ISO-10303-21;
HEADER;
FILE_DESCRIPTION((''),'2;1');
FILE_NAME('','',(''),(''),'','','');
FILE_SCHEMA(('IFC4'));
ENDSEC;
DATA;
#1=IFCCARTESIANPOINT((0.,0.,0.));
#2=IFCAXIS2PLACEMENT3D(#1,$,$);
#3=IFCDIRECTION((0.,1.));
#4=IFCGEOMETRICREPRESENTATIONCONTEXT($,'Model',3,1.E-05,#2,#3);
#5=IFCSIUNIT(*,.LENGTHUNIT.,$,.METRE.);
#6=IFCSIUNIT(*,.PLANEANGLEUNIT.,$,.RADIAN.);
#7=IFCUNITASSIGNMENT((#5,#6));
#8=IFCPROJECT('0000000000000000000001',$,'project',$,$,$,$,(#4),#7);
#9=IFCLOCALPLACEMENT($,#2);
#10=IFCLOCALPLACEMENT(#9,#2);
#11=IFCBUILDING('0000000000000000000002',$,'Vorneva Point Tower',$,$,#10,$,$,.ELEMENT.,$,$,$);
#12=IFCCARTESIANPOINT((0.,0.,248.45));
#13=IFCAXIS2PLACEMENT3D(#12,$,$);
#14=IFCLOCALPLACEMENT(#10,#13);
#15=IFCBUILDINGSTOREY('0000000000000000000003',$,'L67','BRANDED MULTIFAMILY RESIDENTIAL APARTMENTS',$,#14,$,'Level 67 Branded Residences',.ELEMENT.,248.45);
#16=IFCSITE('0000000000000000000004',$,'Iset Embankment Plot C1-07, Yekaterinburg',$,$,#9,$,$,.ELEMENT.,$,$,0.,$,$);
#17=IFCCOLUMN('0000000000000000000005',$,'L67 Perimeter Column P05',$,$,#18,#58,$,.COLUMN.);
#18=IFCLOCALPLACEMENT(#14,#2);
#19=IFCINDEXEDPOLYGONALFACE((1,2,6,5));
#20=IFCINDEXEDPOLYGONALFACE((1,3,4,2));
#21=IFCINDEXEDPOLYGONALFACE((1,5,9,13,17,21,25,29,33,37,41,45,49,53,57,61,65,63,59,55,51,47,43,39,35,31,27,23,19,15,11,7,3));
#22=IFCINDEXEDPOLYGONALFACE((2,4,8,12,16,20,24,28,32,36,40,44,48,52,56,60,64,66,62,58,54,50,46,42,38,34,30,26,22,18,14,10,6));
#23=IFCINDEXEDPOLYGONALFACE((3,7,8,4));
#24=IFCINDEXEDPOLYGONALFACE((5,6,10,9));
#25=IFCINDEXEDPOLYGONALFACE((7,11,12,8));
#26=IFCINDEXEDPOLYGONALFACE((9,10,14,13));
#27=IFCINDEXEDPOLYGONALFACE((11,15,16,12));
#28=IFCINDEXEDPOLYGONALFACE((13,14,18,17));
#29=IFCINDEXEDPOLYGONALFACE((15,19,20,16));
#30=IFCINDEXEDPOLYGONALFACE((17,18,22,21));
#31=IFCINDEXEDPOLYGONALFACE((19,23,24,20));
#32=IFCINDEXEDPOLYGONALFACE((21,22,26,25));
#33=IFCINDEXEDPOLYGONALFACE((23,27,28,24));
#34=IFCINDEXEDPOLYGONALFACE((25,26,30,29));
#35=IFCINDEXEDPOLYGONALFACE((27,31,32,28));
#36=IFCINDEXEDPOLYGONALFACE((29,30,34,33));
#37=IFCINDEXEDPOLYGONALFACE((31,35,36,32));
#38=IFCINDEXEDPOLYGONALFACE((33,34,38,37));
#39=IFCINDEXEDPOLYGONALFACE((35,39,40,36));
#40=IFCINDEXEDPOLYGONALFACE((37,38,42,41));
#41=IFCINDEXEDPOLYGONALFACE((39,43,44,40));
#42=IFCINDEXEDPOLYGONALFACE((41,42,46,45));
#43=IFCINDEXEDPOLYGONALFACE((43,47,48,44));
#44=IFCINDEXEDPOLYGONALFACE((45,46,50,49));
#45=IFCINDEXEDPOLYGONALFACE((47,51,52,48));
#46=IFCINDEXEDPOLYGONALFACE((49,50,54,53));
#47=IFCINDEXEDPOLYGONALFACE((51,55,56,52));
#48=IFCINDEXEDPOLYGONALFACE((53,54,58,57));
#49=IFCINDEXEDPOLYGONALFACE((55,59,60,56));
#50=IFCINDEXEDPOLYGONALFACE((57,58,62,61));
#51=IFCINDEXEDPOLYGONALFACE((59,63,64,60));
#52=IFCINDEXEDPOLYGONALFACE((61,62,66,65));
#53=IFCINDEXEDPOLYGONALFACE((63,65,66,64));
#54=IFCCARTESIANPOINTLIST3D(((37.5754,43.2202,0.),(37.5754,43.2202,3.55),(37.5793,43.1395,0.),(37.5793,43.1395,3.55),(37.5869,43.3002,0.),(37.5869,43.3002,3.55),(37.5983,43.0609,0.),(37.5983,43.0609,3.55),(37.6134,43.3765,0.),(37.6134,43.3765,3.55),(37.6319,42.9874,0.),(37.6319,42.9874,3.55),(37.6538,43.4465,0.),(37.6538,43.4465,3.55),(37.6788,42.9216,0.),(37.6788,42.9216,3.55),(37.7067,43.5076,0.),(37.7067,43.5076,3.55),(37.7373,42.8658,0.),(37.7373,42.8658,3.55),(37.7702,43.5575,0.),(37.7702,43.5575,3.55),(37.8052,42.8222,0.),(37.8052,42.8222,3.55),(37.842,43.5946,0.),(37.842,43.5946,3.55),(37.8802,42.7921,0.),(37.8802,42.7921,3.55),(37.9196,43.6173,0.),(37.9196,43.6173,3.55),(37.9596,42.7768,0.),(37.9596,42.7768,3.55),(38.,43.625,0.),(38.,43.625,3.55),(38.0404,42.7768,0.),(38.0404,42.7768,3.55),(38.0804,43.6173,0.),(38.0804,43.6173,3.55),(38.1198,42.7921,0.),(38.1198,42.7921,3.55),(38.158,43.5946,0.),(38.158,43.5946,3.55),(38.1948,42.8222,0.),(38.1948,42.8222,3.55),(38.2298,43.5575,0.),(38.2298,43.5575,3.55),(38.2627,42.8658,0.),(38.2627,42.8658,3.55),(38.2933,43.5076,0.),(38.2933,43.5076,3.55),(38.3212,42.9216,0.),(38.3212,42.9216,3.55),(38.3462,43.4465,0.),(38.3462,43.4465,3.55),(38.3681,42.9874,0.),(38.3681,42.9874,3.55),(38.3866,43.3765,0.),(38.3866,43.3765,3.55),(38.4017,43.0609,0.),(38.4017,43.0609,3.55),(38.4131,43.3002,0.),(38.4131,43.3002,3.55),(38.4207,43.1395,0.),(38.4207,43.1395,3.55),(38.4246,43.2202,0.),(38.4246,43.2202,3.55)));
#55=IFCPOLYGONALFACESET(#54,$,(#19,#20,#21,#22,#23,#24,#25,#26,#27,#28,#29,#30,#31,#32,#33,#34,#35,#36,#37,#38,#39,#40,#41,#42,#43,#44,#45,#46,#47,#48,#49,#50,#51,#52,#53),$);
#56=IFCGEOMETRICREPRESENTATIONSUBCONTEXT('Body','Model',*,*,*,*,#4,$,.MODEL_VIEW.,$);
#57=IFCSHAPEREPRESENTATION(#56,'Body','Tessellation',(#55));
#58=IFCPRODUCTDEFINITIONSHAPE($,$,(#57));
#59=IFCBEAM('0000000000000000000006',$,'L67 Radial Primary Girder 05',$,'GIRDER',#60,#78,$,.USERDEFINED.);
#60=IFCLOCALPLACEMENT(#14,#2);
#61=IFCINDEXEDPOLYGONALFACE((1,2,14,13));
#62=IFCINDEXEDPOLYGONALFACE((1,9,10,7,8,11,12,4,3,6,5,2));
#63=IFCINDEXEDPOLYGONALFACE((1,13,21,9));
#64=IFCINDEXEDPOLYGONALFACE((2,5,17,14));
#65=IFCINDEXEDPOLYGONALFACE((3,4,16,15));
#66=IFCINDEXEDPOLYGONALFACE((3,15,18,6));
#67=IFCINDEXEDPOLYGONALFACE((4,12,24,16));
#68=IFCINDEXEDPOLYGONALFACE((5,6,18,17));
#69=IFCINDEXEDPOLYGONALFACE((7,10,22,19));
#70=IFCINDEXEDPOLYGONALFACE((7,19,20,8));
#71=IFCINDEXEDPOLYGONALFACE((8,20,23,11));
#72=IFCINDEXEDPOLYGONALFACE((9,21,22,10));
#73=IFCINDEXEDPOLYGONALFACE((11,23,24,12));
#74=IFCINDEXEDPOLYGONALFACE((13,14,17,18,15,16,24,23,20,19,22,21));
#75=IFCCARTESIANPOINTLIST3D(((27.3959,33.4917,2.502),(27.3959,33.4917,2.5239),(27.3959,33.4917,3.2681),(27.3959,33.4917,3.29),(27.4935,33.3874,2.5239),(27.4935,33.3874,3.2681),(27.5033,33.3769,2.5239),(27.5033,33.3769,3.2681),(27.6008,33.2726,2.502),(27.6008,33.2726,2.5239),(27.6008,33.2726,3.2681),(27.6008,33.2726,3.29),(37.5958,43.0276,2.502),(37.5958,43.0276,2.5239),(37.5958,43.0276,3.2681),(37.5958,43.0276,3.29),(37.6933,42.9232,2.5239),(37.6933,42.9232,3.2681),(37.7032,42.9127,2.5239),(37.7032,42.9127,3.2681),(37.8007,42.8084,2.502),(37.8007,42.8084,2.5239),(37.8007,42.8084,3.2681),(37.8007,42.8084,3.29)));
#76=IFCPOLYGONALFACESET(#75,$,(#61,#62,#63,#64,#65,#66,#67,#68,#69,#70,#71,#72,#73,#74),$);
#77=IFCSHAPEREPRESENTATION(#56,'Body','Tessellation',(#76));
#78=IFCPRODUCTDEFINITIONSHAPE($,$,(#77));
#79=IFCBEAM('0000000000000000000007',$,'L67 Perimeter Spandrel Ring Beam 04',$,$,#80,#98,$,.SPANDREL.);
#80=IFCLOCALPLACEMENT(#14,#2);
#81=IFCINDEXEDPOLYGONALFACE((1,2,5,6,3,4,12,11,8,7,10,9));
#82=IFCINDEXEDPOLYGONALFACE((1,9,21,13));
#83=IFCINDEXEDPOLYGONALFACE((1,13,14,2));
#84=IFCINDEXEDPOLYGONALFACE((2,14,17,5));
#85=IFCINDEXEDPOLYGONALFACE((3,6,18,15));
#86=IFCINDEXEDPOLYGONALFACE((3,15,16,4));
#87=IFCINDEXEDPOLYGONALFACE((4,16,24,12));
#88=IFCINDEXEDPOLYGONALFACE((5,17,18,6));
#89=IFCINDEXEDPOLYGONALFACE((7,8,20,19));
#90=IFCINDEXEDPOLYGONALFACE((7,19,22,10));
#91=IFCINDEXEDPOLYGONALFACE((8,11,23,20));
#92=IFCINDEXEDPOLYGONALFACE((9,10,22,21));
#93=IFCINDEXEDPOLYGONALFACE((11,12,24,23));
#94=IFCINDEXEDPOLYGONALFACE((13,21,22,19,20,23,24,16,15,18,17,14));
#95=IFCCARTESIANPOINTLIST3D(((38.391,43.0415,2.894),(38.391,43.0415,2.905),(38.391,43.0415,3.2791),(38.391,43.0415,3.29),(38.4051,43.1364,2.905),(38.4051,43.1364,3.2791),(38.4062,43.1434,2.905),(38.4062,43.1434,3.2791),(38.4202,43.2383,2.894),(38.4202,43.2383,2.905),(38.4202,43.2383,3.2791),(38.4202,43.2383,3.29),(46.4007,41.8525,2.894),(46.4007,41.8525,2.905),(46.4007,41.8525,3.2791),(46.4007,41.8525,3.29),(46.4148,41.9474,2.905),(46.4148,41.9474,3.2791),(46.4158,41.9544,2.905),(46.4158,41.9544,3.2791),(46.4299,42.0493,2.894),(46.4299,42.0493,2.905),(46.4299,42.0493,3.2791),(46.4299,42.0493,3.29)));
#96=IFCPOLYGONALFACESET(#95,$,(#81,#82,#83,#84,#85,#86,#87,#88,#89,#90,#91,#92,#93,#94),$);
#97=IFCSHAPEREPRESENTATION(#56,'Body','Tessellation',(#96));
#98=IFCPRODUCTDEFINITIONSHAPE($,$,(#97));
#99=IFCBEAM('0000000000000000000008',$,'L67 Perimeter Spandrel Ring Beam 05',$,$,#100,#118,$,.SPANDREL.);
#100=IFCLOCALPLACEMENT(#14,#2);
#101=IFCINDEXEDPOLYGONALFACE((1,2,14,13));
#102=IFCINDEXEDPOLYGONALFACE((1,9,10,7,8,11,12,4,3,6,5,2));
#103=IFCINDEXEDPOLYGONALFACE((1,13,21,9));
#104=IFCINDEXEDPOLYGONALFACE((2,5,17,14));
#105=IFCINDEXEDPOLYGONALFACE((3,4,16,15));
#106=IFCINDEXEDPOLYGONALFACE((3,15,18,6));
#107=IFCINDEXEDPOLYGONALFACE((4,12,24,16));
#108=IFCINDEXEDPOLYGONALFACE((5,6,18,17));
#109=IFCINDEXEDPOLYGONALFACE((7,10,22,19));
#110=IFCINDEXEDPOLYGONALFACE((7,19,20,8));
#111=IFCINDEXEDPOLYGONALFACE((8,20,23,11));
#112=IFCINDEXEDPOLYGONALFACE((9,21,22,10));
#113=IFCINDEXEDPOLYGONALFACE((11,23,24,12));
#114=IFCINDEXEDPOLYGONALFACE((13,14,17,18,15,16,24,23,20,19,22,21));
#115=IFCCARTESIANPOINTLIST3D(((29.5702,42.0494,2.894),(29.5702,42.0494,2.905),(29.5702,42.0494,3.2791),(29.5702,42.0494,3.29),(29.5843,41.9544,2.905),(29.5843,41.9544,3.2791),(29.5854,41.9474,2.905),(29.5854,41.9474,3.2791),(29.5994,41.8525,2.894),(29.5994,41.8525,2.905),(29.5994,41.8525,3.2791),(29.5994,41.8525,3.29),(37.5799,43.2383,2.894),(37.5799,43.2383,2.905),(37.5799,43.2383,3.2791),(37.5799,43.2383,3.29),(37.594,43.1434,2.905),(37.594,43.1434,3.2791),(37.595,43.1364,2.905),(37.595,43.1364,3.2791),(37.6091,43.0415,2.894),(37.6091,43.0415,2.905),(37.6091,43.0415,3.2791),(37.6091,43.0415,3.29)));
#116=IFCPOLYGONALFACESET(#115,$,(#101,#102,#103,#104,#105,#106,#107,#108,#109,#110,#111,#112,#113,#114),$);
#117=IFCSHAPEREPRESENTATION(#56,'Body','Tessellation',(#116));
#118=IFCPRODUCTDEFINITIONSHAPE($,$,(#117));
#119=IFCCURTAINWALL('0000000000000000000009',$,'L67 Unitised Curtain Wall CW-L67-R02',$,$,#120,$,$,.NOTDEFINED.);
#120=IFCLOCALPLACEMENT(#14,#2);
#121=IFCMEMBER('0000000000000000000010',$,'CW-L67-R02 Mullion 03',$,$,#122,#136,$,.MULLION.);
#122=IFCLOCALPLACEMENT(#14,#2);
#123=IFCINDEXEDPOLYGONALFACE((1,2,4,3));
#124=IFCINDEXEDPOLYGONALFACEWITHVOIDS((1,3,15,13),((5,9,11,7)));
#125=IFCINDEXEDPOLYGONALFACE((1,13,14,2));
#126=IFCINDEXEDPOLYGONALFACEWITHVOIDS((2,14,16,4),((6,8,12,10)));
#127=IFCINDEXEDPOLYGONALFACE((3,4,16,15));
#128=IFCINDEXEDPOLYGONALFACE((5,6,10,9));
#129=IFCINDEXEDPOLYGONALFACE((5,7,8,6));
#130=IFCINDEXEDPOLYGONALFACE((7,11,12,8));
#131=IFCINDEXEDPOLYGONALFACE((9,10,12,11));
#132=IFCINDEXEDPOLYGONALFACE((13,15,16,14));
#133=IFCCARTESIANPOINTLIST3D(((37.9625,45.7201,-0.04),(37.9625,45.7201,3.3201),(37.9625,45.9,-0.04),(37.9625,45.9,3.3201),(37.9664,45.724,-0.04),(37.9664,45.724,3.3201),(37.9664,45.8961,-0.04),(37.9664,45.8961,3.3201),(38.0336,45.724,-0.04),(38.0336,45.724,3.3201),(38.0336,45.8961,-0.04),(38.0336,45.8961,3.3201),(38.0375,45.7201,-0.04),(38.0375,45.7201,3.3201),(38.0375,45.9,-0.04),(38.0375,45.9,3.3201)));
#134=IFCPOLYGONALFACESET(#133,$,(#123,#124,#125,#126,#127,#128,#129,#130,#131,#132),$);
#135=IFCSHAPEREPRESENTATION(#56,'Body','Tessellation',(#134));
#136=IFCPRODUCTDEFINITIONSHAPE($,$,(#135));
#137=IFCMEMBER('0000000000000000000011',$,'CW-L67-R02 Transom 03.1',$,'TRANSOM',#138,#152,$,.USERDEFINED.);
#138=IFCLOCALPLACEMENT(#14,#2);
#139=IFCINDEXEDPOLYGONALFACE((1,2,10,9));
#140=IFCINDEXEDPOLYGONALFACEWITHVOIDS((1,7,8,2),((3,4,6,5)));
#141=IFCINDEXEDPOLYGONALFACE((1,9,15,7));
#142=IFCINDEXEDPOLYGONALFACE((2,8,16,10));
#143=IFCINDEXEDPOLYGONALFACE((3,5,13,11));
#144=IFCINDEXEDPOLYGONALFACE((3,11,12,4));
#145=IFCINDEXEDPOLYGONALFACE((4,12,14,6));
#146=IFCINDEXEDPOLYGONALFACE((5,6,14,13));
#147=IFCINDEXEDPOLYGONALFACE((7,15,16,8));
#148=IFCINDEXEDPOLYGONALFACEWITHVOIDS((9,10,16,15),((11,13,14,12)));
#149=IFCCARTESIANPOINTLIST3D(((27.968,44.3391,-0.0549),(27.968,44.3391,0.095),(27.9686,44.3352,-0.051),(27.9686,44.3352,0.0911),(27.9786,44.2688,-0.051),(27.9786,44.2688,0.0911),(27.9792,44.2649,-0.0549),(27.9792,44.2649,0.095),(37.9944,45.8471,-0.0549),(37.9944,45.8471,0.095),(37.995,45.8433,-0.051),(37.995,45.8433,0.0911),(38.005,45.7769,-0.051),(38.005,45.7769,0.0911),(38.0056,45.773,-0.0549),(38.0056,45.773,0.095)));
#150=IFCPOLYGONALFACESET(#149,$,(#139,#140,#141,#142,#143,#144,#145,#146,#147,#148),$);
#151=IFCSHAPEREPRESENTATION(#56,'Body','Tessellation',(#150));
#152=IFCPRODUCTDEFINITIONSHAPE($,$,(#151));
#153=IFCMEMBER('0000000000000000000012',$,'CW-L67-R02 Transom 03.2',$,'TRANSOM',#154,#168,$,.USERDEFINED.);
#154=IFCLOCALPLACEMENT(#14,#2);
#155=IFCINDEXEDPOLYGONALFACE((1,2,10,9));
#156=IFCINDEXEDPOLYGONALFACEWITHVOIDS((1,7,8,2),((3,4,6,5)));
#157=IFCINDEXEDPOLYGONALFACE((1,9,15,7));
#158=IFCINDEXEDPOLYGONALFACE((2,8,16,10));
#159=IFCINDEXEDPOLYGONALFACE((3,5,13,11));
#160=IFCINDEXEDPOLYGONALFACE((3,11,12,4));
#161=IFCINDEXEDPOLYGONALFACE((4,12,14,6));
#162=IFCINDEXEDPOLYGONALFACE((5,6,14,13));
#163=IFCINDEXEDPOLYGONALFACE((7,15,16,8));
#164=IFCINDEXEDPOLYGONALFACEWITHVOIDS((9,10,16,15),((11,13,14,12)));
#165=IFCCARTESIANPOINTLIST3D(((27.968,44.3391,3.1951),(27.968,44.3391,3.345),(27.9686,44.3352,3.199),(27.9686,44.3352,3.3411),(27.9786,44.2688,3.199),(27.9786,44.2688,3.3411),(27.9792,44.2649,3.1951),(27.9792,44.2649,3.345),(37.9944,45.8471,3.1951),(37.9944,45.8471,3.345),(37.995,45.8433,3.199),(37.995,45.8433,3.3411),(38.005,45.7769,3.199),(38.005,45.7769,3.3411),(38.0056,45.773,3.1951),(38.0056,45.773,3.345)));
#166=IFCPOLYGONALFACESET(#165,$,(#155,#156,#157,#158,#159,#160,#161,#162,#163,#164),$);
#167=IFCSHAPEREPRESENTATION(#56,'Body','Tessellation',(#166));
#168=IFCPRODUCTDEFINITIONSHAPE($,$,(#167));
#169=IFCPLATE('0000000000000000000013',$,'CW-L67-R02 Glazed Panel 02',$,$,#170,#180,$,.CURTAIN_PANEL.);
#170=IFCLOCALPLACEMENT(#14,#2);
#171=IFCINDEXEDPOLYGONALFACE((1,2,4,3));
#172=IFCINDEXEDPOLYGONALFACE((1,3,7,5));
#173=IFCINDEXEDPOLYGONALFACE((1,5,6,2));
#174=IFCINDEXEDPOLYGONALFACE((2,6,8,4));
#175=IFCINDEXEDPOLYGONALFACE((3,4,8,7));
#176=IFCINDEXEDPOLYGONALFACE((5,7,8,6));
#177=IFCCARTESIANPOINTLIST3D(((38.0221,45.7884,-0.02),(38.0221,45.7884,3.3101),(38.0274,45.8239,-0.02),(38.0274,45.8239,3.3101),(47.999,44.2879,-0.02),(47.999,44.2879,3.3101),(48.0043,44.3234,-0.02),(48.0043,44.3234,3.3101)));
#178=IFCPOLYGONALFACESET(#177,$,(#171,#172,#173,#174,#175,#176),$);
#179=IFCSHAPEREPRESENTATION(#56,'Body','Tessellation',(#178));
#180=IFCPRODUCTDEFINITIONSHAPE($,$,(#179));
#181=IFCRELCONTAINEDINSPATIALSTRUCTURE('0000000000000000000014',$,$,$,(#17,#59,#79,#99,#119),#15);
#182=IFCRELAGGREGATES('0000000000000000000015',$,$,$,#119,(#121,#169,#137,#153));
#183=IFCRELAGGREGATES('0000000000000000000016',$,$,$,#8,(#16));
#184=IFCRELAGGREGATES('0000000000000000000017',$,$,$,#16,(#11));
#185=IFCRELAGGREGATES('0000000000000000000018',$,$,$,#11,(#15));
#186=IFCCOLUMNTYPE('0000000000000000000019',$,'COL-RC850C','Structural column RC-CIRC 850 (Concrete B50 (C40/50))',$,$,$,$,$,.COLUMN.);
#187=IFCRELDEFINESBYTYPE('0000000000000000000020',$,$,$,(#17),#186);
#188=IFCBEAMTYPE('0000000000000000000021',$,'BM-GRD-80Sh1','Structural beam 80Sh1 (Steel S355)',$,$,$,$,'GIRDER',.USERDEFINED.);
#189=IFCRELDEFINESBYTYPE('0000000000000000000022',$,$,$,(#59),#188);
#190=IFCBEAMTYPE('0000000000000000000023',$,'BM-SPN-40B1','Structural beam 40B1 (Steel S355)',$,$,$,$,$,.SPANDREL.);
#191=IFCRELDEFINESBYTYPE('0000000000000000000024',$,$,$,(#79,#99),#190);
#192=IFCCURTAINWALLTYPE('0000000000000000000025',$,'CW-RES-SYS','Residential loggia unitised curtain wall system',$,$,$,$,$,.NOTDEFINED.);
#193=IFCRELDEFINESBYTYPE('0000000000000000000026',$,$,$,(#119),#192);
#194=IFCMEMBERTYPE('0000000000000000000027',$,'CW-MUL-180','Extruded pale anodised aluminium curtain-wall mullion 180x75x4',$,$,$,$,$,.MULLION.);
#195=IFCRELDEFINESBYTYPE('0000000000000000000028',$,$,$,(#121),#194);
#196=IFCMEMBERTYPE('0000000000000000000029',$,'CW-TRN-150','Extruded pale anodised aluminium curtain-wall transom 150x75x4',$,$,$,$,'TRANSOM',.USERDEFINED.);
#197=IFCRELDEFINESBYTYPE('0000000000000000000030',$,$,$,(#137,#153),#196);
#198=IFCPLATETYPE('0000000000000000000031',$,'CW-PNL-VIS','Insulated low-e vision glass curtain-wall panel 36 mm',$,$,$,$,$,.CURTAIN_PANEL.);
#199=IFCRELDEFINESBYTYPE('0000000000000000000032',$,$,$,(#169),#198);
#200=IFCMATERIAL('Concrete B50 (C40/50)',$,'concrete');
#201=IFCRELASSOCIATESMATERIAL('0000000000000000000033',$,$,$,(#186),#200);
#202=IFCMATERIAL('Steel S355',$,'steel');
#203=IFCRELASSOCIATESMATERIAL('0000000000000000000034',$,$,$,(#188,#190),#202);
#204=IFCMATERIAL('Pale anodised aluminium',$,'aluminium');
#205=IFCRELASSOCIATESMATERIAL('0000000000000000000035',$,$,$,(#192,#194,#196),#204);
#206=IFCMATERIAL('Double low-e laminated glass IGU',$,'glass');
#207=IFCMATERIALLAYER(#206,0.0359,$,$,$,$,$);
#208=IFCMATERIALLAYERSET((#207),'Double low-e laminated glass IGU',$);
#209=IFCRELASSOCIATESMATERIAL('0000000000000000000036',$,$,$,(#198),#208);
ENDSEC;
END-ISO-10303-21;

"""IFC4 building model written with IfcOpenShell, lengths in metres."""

from ifc_helpers import new_model, si_unit, direction, frame, origin, origin_2d, place, context, subcontext, project, spatial, rectangle, hollow_rectangle, circle, i_section, extrude, material, layer, layer_set, material_profile, profile_set, type_object, element, aggregate, save


model = new_model("IFC4")

# Units and contexts
model_context = context("Model", 3, precision=1e-05, world=origin(), true_north=direction((0.0, 1.0)))
body_context = subcontext(model_context, "Body", "Model", "MODEL_VIEW")
ifc_project = project(units=[si_unit("LENGTHUNIT", "METRE"), si_unit("PLANEANGLEUNIT", "RADIAN")], contexts=[model_context])

# Site, building, storey
site_placement = place(None, origin())
site = spatial("IfcSite", under=ifc_project, at=site_placement, Name="Iset Embankment Plot C1-07, Yekaterinburg", CompositionType="ELEMENT", RefElevation=0.0)
building_placement = place(site_placement, origin())
building = spatial("IfcBuilding", under=site, at=building_placement, Name="Vorneva Point Tower", CompositionType="ELEMENT")
storey_placement = place(building_placement, frame((0.0, 0.0, 248.45)))
storey = spatial("IfcBuildingStorey", under=building, at=storey_placement, Name="L67", Description="BRANDED MULTIFAMILY RESIDENTIAL APARTMENTS", LongName="Level 67 Branded Residences", CompositionType="ELEMENT", Elevation=248.45)

# Column
ifc_material_1 = material(Name="Concrete B50 (C40/50)", Category="concrete")
ifc_material_profile_1 = material_profile(ifc_material_1, circle(Radius=0.425, at=origin_2d()), Name="RC-CIRC 850")
ifc_profile_set_1 = profile_set([ifc_material_profile_1], Name="Concrete B50 (C40/50)")
column_type = type_object("IfcColumnType", Name="COL-RC850C", Description="Structural column RC-CIRC 850 (Concrete B50 (C40/50))", PredefinedType="COLUMN", material=ifc_profile_set_1)
column_placement = place(storey_placement, frame((38.0, 43.2, 0.0), z_axis=(0.0, 0.0, 1.0), x_axis=(0.0, 1.0, 0.0)))
element("IfcColumn", 1, at=column_placement, inside=storey, type_object=column_type, Name="L67 Perimeter Column P05", PredefinedType="COLUMN", context=body_context, shape_type="SweptSolid", body=[
    extrude(circle(Radius=0.425, at=origin_2d()), origin(), (0.0, 0.0, 1.0), 3.55),
])

# Beams
ifc_material_2 = material(Name="Steel S355", Category="steel")
ifc_material_profile_2 = material_profile(ifc_material_2, i_section(OverallWidth=0.3, OverallDepth=0.7881, WebThickness=0.0144, FlangeThickness=0.022, at=origin_2d()), Name="80Sh1")
ifc_profile_set_2 = profile_set([ifc_material_profile_2], Name="Steel S355")
beam_type_1 = type_object("IfcBeamType", Name="BM-GRD-80Sh1", Description="Structural beam 80Sh1 (Steel S355)", ElementType="GIRDER", PredefinedType="USERDEFINED", material=ifc_profile_set_2)
beam_placement = place(storey_placement, frame((37.6982, 42.918, 2.896), z_axis=(-0.730486, -0.682928, 0.0), x_axis=(0.682928, -0.730486, 0.0)))
element("IfcBeam", 2, at=beam_placement, inside=storey, type_object=beam_type_1, Name="L67 Radial Primary Girder 05", ObjectType="GIRDER", PredefinedType="USERDEFINED", context=body_context, shape_type="SweptSolid", body=[
    extrude(i_section(OverallWidth=0.3, OverallDepth=0.7881, WebThickness=0.0144, FlangeThickness=0.022, at=origin_2d()), origin(), (0.0, 0.0, 1.0), 13.9631),
])
ifc_material_profile_3 = material_profile(ifc_material_2, i_section(OverallWidth=0.199, OverallDepth=0.396, WebThickness=0.0071, FlangeThickness=0.011, at=origin_2d()), Name="40B1")
ifc_profile_set_3 = profile_set([ifc_material_profile_3], Name="Steel S355")
beam_type_2 = type_object("IfcBeamType", Name="BM-SPN-40B1", Description="Structural beam 40B1 (Steel S355)", PredefinedType="SPANDREL", material=ifc_profile_set_3)
for number, where, z_axis, x_axis, name in (
    (3, (46.4153, 41.9509, 3.092), (-0.989162, 0.146831, 0.0), (-0.146831, -0.989162, 0.0), "L67 Perimeter Spandrel Ring Beam 04"),
    (4, (37.5945, 43.1399, 3.092), (-0.989162, -0.146831, 0.0), (0.146831, -0.989162, 0.0), "L67 Perimeter Spandrel Ring Beam 05"),
):
    element("IfcBeam", number, at=place(storey_placement, frame(where, z_axis=z_axis, x_axis=x_axis)), inside=storey, type_object=beam_type_2, Name=name, PredefinedType="SPANDREL", context=body_context, shape_type="SweptSolid", body=[
        extrude(i_section(OverallWidth=0.199, OverallDepth=0.396, WebThickness=0.0071, FlangeThickness=0.011, at=origin_2d()), origin(), (0.0, 0.0, 1.0), 8.0974),
    ])

# Curtain wall, members, plate
ifc_material_3 = material(Name="Pale anodised aluminium", Category="aluminium")
curtain_wall_type = type_object("IfcCurtainWallType", Name="CW-RES-SYS", Description="Residential loggia unitised curtain wall system", PredefinedType="NOTDEFINED", material=ifc_material_3)
curtain_wall_placement = place(storey_placement, origin())
curtain_wall = element("IfcCurtainWall", 5, at=curtain_wall_placement, inside=storey, type_object=curtain_wall_type, Name="L67 Unitised Curtain Wall CW-L67-R02", PredefinedType="NOTDEFINED")
ifc_material_profile_4 = material_profile(ifc_material_3, hollow_rectangle(XDim=0.075, YDim=0.1799, WallThickness=0.0039, at=origin_2d()), Name="AL-MUL 180x75x4")
ifc_profile_set_4 = profile_set([ifc_material_profile_4], Name="Pale anodised aluminium")
member_type_1 = type_object("IfcMemberType", Name="CW-MUL-180", Description="Extruded pale anodised aluminium curtain-wall mullion 180x75x4", PredefinedType="MULLION", material=ifc_profile_set_4)
member_1_placement = place(storey_placement, frame((38.0, 45.8101, -0.04), z_axis=(0.0, 0.0, 1.0), x_axis=(1.0, 0.0, 0.0)))
member_1 = element("IfcMember", 6, at=member_1_placement, type_object=member_type_1, Name="CW-L67-R02 Mullion 03", PredefinedType="MULLION", context=body_context, shape_type="SweptSolid", body=[
    extrude(hollow_rectangle(XDim=0.075, YDim=0.1799, WallThickness=0.0039, at=origin_2d()), origin(), (0.0, 0.0, 1.0), 3.3601),
])
ifc_material_profile_5 = material_profile(ifc_material_3, hollow_rectangle(XDim=0.075, YDim=0.1499, WallThickness=0.0039, at=origin_2d()), Name="AL-TRN 150x75x4")
ifc_profile_set_5 = profile_set([ifc_material_profile_5], Name="Pale anodised aluminium")
member_type_2 = type_object("IfcMemberType", Name="CW-TRN-150", Description="Extruded pale anodised aluminium curtain-wall transom 150x75x4", ElementType="TRANSOM", PredefinedType="USERDEFINED", material=ifc_profile_set_5)
member_2_placement = place(storey_placement, frame((38.0, 45.8101, 0.02), z_axis=(-0.988877, -0.148736, 0.0), x_axis=(0.148736, -0.988877, 0.0)))
member_2 = element("IfcMember", 7, at=member_2_placement, type_object=member_type_2, Name="CW-L67-R02 Transom 03.1", ObjectType="TRANSOM", PredefinedType="USERDEFINED", context=body_context, shape_type="SweptSolid", body=[
    extrude(hollow_rectangle(XDim=0.075, YDim=0.1499, WallThickness=0.0039, at=origin_2d()), origin(), (0.0, 0.0, 1.0), 10.1392),
])
member_3_placement = place(storey_placement, frame((38.0, 45.8101, 3.27), z_axis=(-0.988877, -0.148736, 0.0), x_axis=(0.148736, -0.988877, 0.0)))
member_3 = element("IfcMember", 8, at=member_3_placement, type_object=member_type_2, Name="CW-L67-R02 Transom 03.2", ObjectType="TRANSOM", PredefinedType="USERDEFINED", context=body_context, shape_type="SweptSolid", body=[
    extrude(hollow_rectangle(XDim=0.075, YDim=0.1499, WallThickness=0.0039, at=origin_2d()), origin(), (0.0, 0.0, 1.0), 10.1392),
])
ifc_material_4 = material(Name="Double low-e laminated glass IGU", Category="glass")
ifc_layer_1 = layer(ifc_material_4, 0.0359)
ifc_layer_set_1 = layer_set([ifc_layer_1], Name="Double low-e laminated glass IGU")
plate_type = type_object("IfcPlateType", Name="CW-PNL-VIS", Description="Insulated low-e vision glass curtain-wall panel 36 mm", PredefinedType="CURTAIN_PANEL", material=ifc_layer_set_1)
plate_placement = place(storey_placement, frame((43.0132, 45.0559, -0.02), z_axis=(0.0, 0.0, 1.0), x_axis=(-0.988879, 0.148724, 0.0)))
plate = element("IfcPlate", 9, at=plate_placement, type_object=plate_type, Name="CW-L67-R02 Glazed Panel 02", PredefinedType="CURTAIN_PANEL", context=body_context, shape_type="SweptSolid", body=[
    extrude(rectangle(XDim=10.0891, YDim=0.0359, at=origin_2d()), origin(), (0.0, 0.0, 1.0), 3.3301),
])
aggregate(curtain_wall, [member_1, plate, member_2, member_3])

save(model, "model.ifc")
